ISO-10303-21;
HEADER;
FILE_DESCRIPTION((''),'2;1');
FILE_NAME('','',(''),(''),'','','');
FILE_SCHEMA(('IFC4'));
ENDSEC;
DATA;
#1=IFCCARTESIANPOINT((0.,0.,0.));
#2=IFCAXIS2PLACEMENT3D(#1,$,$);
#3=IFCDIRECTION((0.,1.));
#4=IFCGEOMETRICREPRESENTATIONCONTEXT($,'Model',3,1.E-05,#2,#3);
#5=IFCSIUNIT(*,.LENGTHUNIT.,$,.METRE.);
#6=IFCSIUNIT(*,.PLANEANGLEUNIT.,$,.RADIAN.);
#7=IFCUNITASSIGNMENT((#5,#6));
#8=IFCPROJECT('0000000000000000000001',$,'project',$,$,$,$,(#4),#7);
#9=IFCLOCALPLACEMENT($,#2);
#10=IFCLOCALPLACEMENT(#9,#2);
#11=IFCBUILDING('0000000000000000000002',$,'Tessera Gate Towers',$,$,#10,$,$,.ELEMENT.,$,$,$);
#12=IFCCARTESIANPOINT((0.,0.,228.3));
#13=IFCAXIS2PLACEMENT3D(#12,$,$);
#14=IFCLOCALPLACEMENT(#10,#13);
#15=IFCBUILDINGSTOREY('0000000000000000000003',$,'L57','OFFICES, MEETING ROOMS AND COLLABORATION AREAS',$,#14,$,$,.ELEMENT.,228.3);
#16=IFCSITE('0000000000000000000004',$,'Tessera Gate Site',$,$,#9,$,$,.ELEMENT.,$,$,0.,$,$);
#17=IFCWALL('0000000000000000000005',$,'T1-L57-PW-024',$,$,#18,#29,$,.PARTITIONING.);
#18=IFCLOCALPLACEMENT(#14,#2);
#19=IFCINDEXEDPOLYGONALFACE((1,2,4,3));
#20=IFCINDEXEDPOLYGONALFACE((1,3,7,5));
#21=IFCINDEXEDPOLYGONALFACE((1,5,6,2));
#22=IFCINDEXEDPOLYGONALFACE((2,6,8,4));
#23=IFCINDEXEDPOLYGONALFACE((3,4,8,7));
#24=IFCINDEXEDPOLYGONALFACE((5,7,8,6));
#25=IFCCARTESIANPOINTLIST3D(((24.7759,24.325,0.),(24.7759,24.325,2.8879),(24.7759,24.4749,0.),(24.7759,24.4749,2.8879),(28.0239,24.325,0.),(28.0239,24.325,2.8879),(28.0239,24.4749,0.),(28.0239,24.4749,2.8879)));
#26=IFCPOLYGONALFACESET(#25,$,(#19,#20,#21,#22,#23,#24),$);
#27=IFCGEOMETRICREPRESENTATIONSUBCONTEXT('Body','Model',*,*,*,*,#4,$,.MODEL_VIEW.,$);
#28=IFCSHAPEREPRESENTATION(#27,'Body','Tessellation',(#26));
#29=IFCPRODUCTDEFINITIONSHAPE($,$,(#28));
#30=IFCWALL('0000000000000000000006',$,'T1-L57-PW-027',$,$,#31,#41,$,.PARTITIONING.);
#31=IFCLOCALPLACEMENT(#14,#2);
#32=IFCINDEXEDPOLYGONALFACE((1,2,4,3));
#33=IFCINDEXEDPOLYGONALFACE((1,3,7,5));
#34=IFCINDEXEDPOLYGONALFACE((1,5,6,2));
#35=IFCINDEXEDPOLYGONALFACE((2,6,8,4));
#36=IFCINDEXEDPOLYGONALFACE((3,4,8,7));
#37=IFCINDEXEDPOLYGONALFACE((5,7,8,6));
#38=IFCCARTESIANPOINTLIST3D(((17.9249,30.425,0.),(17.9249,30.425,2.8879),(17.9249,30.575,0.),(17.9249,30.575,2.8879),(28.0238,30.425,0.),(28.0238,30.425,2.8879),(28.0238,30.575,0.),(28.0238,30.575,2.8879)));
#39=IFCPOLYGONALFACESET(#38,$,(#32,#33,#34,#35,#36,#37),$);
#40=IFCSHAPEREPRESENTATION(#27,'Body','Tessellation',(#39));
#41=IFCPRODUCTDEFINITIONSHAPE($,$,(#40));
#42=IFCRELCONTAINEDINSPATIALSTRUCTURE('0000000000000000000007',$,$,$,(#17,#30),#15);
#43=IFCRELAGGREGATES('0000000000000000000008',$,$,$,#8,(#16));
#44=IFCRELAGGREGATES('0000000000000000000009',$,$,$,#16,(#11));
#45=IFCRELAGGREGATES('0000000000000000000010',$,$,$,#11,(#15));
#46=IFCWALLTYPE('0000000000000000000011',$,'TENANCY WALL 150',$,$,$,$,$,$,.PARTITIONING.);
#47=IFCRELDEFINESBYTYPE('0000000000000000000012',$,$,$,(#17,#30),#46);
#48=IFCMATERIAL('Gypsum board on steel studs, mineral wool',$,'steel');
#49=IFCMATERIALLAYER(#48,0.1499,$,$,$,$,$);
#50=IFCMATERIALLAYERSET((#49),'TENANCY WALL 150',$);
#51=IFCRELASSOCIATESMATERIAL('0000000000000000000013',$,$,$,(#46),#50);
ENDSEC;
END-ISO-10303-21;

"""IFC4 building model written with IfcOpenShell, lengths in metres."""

from ifc_helpers import new_model, si_unit, direction, frame, frame_2d, origin, place, context, subcontext, project, spatial, rectangle, extrude, material, layer, layer_set, type_object, element, save


model = new_model("IFC4")

# Units and contexts
model_context = context("Model", 3, precision=1e-05, world=origin(), true_north=direction((0.0, 1.0)))
body_context = subcontext(model_context, "Body", "Model", "MODEL_VIEW")
ifc_project = project(units=[si_unit("LENGTHUNIT", "METRE"), si_unit("PLANEANGLEUNIT", "RADIAN")], contexts=[model_context])

# Site, building, storey
site_placement = place(None, origin())
site = spatial("IfcSite", under=ifc_project, at=site_placement, Name="Tessera Gate Site", CompositionType="ELEMENT", RefElevation=0.0)
building_placement = place(site_placement, origin())
building = spatial("IfcBuilding", under=site, at=building_placement, Name="Tessera Gate Towers", CompositionType="ELEMENT")
storey_placement = place(building_placement, frame((0.0, 0.0, 228.3)))
storey = spatial("IfcBuildingStorey", under=building, at=storey_placement, Name="L57", Description="OFFICES, MEETING ROOMS AND COLLABORATION AREAS", CompositionType="ELEMENT", Elevation=228.3)

# Walls
ifc_material_1 = material(Name="Gypsum board on steel studs, mineral wool", Category="steel")
ifc_layer_1 = layer(ifc_material_1, 0.1499)
ifc_layer_set_1 = layer_set([ifc_layer_1], Name="TENANCY WALL 150")
wall_type_1 = type_object("IfcWallType", Name="TENANCY WALL 150", PredefinedType="PARTITIONING", material=ifc_layer_set_1)
wall_1_placement = place(storey_placement, frame((24.7759, 24.3999, 0.0), z_axis=(0.0, 0.0, 1.0), x_axis=(1.0, 0.0, 0.0)))
element("IfcWall", 1, at=wall_1_placement, inside=storey, type_object=wall_type_1, Name="T1-L57-PW-024", PredefinedType="PARTITIONING", context=body_context, shape_type="SweptSolid", body=[
    extrude(rectangle(XDim=3.248, YDim=0.1499, at=frame_2d((1.624, 0.0))), origin(), (0.0, 0.0, 1.0), 2.8879),
])
wall_2_placement = place(storey_placement, frame((17.925, 30.5, 0.0), z_axis=(0.0, 0.0, 1.0), x_axis=(1.0, 0.0, 0.0)))
element("IfcWall", 2, at=wall_2_placement, inside=storey, type_object=wall_type_1, Name="T1-L57-PW-027", PredefinedType="PARTITIONING", context=body_context, shape_type="SweptSolid", body=[
    extrude(rectangle(XDim=10.0989, YDim=0.1499, at=frame_2d((5.0493, 0.0))), origin(), (0.0, 0.0, 1.0), 2.8879),
])

save(model, "model.ifc")
